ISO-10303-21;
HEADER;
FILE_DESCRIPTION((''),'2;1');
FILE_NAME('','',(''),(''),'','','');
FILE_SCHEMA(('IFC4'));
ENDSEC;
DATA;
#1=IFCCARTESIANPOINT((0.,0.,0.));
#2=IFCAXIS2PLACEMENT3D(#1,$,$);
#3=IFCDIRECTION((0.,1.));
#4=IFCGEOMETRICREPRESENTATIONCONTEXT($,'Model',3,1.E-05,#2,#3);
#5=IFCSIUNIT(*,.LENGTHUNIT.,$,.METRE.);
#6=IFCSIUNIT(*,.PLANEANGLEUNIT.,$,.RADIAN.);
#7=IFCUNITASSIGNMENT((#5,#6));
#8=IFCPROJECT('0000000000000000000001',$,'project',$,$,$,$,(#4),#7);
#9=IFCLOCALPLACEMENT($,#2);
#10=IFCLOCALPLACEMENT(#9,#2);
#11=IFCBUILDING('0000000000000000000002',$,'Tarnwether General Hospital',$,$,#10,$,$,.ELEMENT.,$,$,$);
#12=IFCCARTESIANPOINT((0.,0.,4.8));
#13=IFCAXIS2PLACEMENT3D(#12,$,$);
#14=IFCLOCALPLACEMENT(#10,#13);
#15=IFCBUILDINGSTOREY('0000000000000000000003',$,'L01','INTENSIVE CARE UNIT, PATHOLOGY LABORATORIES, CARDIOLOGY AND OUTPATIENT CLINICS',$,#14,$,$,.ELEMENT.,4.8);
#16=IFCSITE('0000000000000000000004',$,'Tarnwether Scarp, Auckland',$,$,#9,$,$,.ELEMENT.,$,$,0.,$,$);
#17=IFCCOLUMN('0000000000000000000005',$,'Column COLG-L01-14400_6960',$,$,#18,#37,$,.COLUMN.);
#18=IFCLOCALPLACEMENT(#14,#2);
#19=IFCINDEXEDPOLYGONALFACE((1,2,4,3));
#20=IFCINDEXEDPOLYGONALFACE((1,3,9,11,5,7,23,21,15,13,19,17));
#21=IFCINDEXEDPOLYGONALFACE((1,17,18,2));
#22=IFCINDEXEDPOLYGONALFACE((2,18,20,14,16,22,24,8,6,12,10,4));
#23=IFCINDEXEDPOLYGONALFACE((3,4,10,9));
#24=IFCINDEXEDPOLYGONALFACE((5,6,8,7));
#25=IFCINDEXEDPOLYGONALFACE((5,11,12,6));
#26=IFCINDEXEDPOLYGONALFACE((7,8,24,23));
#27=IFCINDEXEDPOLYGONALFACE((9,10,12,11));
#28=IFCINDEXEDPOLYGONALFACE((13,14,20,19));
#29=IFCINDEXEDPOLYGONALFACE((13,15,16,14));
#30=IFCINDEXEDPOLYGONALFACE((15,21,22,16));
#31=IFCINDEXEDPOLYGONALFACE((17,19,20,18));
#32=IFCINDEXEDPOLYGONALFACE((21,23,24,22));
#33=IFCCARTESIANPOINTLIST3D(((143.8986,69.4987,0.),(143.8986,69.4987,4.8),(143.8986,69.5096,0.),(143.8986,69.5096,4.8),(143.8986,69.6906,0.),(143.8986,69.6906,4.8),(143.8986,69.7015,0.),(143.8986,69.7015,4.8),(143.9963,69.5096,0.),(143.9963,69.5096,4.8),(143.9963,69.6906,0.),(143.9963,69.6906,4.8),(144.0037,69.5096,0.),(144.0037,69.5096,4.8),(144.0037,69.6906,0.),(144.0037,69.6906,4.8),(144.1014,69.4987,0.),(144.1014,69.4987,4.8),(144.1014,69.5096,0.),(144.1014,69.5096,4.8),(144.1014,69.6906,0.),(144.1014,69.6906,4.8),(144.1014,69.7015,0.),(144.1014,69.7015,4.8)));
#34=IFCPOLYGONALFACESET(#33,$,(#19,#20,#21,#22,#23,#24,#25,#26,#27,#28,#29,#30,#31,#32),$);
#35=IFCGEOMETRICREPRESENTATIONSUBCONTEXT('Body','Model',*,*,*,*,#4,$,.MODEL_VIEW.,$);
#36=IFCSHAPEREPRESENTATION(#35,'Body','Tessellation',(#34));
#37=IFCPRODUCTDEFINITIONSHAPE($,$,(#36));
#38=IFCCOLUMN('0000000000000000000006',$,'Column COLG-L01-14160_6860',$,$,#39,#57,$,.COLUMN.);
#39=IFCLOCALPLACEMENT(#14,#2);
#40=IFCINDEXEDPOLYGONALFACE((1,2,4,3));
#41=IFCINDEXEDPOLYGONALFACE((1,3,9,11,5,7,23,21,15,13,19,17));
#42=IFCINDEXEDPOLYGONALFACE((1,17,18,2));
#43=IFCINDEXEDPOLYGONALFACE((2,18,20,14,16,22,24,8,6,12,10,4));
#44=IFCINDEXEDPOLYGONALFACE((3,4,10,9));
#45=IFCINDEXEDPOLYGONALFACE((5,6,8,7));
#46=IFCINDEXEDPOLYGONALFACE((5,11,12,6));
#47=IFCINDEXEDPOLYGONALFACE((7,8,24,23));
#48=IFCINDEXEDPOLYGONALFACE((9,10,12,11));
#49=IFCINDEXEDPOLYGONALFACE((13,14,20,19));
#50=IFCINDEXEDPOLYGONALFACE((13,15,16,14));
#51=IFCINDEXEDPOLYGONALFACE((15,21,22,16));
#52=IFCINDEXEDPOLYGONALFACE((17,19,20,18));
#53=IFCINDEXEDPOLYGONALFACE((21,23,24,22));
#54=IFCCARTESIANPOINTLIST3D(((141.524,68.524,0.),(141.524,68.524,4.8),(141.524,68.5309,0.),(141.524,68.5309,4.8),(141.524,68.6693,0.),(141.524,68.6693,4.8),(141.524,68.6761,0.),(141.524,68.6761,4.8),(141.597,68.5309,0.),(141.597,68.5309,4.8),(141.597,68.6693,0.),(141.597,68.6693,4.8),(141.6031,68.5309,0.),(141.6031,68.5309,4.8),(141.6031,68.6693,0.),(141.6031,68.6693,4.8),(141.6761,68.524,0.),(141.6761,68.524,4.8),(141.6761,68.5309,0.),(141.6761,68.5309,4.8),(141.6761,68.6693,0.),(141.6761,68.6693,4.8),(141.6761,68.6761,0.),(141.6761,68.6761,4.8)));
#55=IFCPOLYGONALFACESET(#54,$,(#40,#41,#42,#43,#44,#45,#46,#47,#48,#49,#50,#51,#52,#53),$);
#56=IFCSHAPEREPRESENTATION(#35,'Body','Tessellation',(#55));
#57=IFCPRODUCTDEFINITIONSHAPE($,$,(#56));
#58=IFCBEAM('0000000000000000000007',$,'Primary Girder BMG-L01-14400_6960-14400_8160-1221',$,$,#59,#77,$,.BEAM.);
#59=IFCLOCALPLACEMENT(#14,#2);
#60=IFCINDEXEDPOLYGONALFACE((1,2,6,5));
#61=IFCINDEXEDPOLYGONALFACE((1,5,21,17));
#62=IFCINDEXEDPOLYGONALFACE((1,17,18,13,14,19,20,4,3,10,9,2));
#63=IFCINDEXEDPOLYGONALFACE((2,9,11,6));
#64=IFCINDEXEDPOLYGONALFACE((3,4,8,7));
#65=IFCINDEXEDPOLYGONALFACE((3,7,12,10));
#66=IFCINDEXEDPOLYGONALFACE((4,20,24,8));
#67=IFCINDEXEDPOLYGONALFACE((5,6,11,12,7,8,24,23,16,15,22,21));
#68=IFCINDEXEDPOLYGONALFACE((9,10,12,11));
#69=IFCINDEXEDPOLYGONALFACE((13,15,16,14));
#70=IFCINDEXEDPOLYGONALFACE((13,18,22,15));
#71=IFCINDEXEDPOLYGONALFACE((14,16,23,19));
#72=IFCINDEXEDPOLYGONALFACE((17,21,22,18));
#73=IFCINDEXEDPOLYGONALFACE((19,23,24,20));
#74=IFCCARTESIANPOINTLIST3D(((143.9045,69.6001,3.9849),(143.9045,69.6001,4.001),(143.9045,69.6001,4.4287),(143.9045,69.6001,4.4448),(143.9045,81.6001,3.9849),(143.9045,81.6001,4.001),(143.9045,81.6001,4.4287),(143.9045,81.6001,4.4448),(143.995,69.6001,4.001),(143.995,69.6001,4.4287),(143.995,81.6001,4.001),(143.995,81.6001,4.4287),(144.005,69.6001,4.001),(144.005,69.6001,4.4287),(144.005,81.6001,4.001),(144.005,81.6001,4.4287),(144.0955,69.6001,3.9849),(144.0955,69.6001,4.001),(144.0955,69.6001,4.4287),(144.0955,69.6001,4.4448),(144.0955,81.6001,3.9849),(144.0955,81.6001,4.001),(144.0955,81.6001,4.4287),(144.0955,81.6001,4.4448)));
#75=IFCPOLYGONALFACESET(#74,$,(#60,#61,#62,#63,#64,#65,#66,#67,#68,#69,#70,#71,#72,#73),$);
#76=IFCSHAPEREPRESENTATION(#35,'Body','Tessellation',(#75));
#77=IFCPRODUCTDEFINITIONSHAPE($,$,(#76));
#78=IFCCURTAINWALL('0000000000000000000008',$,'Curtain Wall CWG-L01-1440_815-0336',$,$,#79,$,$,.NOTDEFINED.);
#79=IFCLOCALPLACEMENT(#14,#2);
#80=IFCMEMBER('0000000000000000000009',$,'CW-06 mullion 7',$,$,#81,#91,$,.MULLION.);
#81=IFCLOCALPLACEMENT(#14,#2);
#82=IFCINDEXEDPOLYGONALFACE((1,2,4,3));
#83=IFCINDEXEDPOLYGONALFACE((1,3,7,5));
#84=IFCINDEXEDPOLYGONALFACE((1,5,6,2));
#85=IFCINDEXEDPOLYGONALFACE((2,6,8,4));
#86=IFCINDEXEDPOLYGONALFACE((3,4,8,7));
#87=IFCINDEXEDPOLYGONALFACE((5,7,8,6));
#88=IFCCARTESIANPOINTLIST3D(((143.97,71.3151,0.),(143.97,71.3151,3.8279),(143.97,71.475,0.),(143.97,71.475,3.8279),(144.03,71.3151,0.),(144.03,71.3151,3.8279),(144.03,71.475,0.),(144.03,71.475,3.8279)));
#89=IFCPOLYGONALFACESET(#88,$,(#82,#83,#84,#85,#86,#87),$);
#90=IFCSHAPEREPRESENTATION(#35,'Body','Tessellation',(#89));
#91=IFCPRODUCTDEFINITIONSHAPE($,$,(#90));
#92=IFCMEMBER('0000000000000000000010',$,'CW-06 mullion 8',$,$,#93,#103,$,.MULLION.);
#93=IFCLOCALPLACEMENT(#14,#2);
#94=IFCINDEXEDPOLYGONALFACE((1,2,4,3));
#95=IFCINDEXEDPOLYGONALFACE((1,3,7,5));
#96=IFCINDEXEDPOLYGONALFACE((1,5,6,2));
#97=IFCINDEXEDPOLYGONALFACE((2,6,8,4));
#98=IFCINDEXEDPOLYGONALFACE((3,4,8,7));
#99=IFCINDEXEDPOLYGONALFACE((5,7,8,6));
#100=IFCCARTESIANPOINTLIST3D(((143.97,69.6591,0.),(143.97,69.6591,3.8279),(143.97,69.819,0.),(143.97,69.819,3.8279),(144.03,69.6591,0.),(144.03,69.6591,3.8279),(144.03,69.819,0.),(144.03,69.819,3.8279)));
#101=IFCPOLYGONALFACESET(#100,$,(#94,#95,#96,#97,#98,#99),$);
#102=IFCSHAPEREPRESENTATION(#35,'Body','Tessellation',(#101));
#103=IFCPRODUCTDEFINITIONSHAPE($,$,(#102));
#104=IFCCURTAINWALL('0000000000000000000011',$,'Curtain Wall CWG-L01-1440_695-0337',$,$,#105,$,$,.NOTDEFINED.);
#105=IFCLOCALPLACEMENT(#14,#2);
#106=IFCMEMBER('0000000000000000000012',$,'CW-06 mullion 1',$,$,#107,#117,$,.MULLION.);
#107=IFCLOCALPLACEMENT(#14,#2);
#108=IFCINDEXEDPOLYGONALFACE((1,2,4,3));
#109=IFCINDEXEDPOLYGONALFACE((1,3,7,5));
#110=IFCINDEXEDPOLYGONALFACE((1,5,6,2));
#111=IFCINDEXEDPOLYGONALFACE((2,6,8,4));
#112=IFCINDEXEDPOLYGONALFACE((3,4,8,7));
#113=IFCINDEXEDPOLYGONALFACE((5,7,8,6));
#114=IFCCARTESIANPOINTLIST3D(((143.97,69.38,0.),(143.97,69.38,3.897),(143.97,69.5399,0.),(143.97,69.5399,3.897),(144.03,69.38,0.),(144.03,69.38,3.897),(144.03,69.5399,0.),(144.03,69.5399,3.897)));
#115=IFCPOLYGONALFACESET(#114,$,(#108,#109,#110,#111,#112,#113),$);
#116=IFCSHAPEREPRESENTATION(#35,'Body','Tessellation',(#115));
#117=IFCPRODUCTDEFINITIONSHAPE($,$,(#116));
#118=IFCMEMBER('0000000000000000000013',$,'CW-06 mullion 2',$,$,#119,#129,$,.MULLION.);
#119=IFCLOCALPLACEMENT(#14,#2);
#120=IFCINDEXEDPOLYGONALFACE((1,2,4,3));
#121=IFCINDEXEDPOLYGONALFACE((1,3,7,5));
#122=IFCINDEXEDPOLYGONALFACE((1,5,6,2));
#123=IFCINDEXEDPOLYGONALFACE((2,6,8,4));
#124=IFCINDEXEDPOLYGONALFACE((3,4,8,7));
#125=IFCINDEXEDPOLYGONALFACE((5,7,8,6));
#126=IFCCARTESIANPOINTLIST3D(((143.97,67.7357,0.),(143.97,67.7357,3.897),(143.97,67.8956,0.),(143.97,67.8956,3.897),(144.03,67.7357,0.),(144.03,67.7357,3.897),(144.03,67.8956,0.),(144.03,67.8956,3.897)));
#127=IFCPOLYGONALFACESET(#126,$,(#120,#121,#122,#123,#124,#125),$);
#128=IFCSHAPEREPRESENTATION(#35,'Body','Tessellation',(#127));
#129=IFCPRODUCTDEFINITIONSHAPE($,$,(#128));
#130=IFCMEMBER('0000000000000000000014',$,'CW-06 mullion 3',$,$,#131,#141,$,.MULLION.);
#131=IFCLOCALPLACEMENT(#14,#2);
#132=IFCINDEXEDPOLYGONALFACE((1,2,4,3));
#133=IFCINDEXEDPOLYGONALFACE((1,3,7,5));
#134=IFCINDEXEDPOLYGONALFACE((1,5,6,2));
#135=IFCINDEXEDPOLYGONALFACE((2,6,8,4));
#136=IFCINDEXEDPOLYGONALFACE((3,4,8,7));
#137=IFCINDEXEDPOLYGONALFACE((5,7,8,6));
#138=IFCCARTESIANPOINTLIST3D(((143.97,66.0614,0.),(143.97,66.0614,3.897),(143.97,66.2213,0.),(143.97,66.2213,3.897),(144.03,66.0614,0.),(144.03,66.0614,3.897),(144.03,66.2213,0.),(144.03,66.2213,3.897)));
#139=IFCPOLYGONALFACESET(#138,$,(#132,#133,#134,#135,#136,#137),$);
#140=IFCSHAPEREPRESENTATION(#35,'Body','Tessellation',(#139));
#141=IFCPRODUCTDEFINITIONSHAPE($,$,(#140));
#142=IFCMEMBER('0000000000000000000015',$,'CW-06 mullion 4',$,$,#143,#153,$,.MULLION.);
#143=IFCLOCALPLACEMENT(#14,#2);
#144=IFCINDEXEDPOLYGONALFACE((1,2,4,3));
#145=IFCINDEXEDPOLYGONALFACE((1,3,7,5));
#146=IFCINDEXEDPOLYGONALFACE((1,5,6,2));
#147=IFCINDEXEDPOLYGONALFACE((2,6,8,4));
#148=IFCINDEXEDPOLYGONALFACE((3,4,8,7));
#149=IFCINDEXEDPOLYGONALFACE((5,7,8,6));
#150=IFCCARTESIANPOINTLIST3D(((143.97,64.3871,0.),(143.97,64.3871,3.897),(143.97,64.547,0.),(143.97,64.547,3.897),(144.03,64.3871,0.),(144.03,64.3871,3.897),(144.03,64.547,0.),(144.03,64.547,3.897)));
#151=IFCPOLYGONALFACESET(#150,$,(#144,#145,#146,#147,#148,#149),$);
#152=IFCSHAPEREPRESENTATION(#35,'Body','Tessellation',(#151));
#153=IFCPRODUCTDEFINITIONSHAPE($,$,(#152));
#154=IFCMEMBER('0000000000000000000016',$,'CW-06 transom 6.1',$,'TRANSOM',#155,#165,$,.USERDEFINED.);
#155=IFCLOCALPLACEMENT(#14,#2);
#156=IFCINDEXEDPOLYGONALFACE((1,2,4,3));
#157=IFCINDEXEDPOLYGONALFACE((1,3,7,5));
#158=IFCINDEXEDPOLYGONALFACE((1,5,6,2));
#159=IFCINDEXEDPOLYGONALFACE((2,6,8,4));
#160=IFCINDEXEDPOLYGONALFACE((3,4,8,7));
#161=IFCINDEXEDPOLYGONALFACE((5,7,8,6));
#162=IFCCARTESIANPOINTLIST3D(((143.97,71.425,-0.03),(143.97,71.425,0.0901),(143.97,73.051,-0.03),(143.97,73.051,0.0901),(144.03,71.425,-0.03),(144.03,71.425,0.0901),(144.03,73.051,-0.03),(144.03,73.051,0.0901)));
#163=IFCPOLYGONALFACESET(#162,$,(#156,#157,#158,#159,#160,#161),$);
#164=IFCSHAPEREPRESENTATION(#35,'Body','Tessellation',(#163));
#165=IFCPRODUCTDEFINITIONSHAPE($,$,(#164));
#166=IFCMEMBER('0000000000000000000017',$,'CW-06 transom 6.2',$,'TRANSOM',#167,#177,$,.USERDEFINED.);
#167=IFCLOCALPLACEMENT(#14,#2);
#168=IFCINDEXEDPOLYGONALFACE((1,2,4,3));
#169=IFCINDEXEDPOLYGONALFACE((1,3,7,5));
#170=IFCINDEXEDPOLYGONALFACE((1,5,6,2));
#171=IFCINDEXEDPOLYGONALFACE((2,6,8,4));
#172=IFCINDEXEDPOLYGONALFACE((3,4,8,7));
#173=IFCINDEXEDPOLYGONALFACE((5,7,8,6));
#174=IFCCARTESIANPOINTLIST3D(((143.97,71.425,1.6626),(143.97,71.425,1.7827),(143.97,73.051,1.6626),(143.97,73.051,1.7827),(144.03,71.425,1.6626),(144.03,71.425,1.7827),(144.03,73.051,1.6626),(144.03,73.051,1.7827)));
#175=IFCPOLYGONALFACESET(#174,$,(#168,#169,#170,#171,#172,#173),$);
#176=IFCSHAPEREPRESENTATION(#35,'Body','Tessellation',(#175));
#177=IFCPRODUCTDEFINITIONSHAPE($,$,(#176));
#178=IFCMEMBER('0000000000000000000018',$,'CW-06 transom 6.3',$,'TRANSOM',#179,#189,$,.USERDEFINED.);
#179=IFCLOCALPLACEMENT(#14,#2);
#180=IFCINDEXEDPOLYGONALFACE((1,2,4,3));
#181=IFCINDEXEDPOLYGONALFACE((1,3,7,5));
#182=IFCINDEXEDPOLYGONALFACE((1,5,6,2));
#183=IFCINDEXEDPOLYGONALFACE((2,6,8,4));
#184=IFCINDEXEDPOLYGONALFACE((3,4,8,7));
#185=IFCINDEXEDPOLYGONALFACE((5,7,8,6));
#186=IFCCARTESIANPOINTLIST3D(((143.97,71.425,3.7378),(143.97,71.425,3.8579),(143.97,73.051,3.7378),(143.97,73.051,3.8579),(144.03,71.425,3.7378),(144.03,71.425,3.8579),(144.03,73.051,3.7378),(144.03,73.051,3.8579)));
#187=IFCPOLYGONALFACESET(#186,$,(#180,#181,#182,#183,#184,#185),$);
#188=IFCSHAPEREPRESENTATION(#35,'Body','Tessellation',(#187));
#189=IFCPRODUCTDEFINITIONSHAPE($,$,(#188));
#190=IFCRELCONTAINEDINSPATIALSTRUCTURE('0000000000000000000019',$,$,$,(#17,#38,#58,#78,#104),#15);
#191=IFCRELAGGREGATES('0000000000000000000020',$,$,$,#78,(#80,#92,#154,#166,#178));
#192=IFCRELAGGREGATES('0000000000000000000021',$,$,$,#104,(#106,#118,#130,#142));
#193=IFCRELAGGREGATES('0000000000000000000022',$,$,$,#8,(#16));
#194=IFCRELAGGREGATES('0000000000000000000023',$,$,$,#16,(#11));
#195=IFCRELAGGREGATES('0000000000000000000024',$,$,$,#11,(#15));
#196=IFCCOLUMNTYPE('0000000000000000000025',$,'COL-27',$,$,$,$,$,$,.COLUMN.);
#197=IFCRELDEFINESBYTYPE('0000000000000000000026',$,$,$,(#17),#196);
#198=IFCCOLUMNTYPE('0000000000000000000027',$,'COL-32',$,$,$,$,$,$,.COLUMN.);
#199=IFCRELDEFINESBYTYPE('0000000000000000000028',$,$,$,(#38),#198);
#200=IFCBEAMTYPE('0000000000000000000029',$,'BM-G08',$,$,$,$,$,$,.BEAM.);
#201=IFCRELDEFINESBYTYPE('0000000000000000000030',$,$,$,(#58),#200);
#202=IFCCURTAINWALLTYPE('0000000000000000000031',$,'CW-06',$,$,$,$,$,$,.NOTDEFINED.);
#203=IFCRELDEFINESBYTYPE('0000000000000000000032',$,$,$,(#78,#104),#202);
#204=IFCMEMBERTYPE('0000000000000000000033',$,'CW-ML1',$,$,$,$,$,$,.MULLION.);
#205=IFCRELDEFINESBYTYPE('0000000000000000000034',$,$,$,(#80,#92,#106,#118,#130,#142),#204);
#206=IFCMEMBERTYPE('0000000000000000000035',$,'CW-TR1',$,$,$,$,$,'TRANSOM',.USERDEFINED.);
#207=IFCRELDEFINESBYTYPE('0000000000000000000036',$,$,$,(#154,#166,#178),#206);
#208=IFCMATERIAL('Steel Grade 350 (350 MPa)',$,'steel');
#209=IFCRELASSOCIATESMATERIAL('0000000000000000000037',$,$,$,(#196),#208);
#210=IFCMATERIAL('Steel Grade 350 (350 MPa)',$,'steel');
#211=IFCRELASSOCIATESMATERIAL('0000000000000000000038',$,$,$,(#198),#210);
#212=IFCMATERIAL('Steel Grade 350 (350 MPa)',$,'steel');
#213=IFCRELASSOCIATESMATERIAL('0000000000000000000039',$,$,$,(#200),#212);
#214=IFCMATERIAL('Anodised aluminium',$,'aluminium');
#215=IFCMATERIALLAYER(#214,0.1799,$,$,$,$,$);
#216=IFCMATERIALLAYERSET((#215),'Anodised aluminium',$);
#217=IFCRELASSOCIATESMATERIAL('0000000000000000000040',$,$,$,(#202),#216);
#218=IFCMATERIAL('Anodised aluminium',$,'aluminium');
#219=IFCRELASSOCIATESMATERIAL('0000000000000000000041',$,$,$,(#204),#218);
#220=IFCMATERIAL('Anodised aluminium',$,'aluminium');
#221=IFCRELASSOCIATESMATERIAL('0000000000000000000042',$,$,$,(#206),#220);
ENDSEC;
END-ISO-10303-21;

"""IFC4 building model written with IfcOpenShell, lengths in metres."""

from ifc_helpers import new_model, si_unit, direction, frame, origin, origin_2d, place, context, subcontext, project, spatial, rectangle, i_section, extrude, material, layer, layer_set, material_profile, profile_set, type_object, element, aggregate, save


model = new_model("IFC4")

# Units and contexts
model_context = context("Model", 3, precision=1e-05, world=origin(), true_north=direction((0.0, 1.0)))
body_context = subcontext(model_context, "Body", "Model", "MODEL_VIEW")
ifc_project = project(units=[si_unit("LENGTHUNIT", "METRE"), si_unit("PLANEANGLEUNIT", "RADIAN")], contexts=[model_context])

# Site, building, storey
site_placement = place(None, origin())
site = spatial("IfcSite", under=ifc_project, at=site_placement, Name="Tarnwether Scarp, Auckland", CompositionType="ELEMENT", RefElevation=0.0)
building_placement = place(site_placement, origin())
building = spatial("IfcBuilding", under=site, at=building_placement, Name="Tarnwether General Hospital", CompositionType="ELEMENT")
storey_placement = place(building_placement, frame((0.0, 0.0, 4.8)))
storey = spatial("IfcBuildingStorey", under=building, at=storey_placement, Name="L01", Description="INTENSIVE CARE UNIT, PATHOLOGY LABORATORIES, CARDIOLOGY AND OUTPATIENT CLINICS", CompositionType="ELEMENT", Elevation=4.8)

# Columns
ifc_material_1 = material(Name="Steel Grade 350 (350 MPa)", Category="steel")
ifc_material_profile_1 = material_profile(ifc_material_1, i_section(OverallWidth=0.2029, OverallDepth=0.2029, WebThickness=0.0073, FlangeThickness=0.011, at=origin_2d()), Name="200UC46.2")
ifc_profile_set_1 = profile_set([ifc_material_profile_1], Name="Steel Grade 350 (350 MPa)")
column_type_1 = type_object("IfcColumnType", Name="COL-27", PredefinedType="COLUMN", material=ifc_profile_set_1)
column_1_placement = place(storey_placement, frame((144.0, 69.6001, 0.0), z_axis=(0.0, 0.0, 1.0), x_axis=(1.0, 0.0, 0.0)))
element("IfcColumn", 1, at=column_1_placement, inside=storey, type_object=column_type_1, Name="Column COLG-L01-14400_6960", PredefinedType="COLUMN", context=body_context, shape_type="SweptSolid", body=[
    extrude(i_section(OverallWidth=0.2029, OverallDepth=0.2029, WebThickness=0.0073, FlangeThickness=0.011, at=origin_2d()), origin(), (0.0, 0.0, 1.0), 4.8),
])
ifc_material_2 = material(Name="Steel Grade 350 (350 MPa)", Category="steel")
ifc_material_profile_2 = material_profile(ifc_material_2, i_section(OverallWidth=0.1521, OverallDepth=0.1521, WebThickness=0.0061, FlangeThickness=0.0068, at=origin_2d()), Name="150UC23.4")
ifc_profile_set_2 = profile_set([ifc_material_profile_2], Name="Steel Grade 350 (350 MPa)")
column_type_2 = type_object("IfcColumnType", Name="COL-32", PredefinedType="COLUMN", material=ifc_profile_set_2)
column_2_placement = place(storey_placement, frame((141.6001, 68.6001, 0.0), z_axis=(0.0, 0.0, 1.0), x_axis=(1.0, 0.0, 0.0)))
element("IfcColumn", 2, at=column_2_placement, inside=storey, type_object=column_type_2, Name="Column COLG-L01-14160_6860", PredefinedType="COLUMN", context=body_context, shape_type="SweptSolid", body=[
    extrude(i_section(OverallWidth=0.1521, OverallDepth=0.1521, WebThickness=0.0061, FlangeThickness=0.0068, at=origin_2d()), origin(), (0.0, 0.0, 1.0), 4.8),
])

# Beam
ifc_material_3 = material(Name="Steel Grade 350 (350 MPa)", Category="steel")
ifc_material_profile_3 = material_profile(ifc_material_3, i_section(OverallWidth=0.1909, OverallDepth=0.46, WebThickness=0.01, FlangeThickness=0.0161, at=origin_2d()), Name="460UB82.1")
ifc_profile_set_3 = profile_set([ifc_material_profile_3], Name="Steel Grade 350 (350 MPa)")
beam_type = type_object("IfcBeamType", Name="BM-G08", PredefinedType="BEAM", material=ifc_profile_set_3)
beam_placement = place(storey_placement, frame((144.0, 69.6001, 4.2148), z_axis=(0.0, 1.0, 0.0), x_axis=(-1.0, 0.0, 0.0)))
element("IfcBeam", 3, at=beam_placement, inside=storey, type_object=beam_type, Name="Primary Girder BMG-L01-14400_6960-14400_8160-1221", PredefinedType="BEAM", context=body_context, shape_type="SweptSolid", body=[
    extrude(i_section(OverallWidth=0.1909, OverallDepth=0.46, WebThickness=0.01, FlangeThickness=0.0161, at=origin_2d()), origin(), (0.0, 0.0, 1.0), 12.0),
])

# Curtain walls, members
ifc_material_4 = material(Name="Anodised aluminium", Category="aluminium")
ifc_layer_1 = layer(ifc_material_4, 0.1799)
ifc_layer_set_1 = layer_set([ifc_layer_1], Name="Anodised aluminium")
curtain_wall_type = type_object("IfcCurtainWallType", Name="CW-06", PredefinedType="NOTDEFINED", material=ifc_layer_set_1)
curtain_wall_1_placement = place(storey_placement, origin())
curtain_wall_1 = element("IfcCurtainWall", 4, at=curtain_wall_1_placement, inside=storey, type_object=curtain_wall_type, Name="Curtain Wall CWG-L01-1440_815-0336", PredefinedType="NOTDEFINED")
ifc_material_5 = material(Name="Anodised aluminium", Category="aluminium")
ifc_material_profile_4 = material_profile(ifc_material_5, rectangle(XDim=0.0601, YDim=0.1599, at=origin_2d()), Name="ALU-MUL-60x160")
ifc_profile_set_4 = profile_set([ifc_material_profile_4], Name="Anodised aluminium")
member_type_1 = type_object("IfcMemberType", Name="CW-ML1", PredefinedType="MULLION", material=ifc_profile_set_4)
member_1_placement = place(storey_placement, frame((144.0, 71.395, 0.0), z_axis=(0.0, 0.0, 1.0), x_axis=(1.0, 0.0, 0.0)))
member_1 = element("IfcMember", 5, at=member_1_placement, type_object=member_type_1, Name="CW-06 mullion 7", PredefinedType="MULLION", context=body_context, shape_type="SweptSolid", body=[
    extrude(rectangle(XDim=0.0601, YDim=0.1599, at=origin_2d()), origin(), (0.0, 0.0, 1.0), 3.8279),
])
member_2_placement = place(storey_placement, frame((144.0, 69.739, 0.0), z_axis=(0.0, 0.0, 1.0), x_axis=(1.0, 0.0, 0.0)))
member_2 = element("IfcMember", 6, at=member_2_placement, type_object=member_type_1, Name="CW-06 mullion 8", PredefinedType="MULLION", context=body_context, shape_type="SweptSolid", body=[
    extrude(rectangle(XDim=0.0601, YDim=0.1599, at=origin_2d()), origin(), (0.0, 0.0, 1.0), 3.8279),
])
curtain_wall_2_placement = place(storey_placement, origin())
curtain_wall_2 = element("IfcCurtainWall", 7, at=curtain_wall_2_placement, inside=storey, type_object=curtain_wall_type, Name="Curtain Wall CWG-L01-1440_695-0337", PredefinedType="NOTDEFINED")
member_3_placement = place(storey_placement, frame((144.0, 69.46, 0.0), z_axis=(0.0, 0.0, 1.0), x_axis=(1.0, 0.0, 0.0)))
member_3 = element("IfcMember", 8, at=member_3_placement, type_object=member_type_1, Name="CW-06 mullion 1", PredefinedType="MULLION", context=body_context, shape_type="SweptSolid", body=[
    extrude(rectangle(XDim=0.0601, YDim=0.1599, at=origin_2d()), origin(), (0.0, 0.0, 1.0), 3.897),
])
member_4_placement = place(storey_placement, frame((144.0, 67.8157, 0.0), z_axis=(0.0, 0.0, 1.0), x_axis=(1.0, 0.0, 0.0)))
member_4 = element("IfcMember", 9, at=member_4_placement, type_object=member_type_1, Name="CW-06 mullion 2", PredefinedType="MULLION", context=body_context, shape_type="SweptSolid", body=[
    extrude(rectangle(XDim=0.0601, YDim=0.1599, at=origin_2d()), origin(), (0.0, 0.0, 1.0), 3.897),
])
member_5_placement = place(storey_placement, frame((144.0, 66.1414, 0.0), z_axis=(0.0, 0.0, 1.0), x_axis=(1.0, 0.0, 0.0)))
member_5 = element("IfcMember", 10, at=member_5_placement, type_object=member_type_1, Name="CW-06 mullion 3", PredefinedType="MULLION", context=body_context, shape_type="SweptSolid", body=[
    extrude(rectangle(XDim=0.0601, YDim=0.1599, at=origin_2d()), origin(), (0.0, 0.0, 1.0), 3.897),
])
member_6_placement = place(storey_placement, frame((144.0, 64.467, 0.0), z_axis=(0.0, 0.0, 1.0), x_axis=(1.0, 0.0, 0.0)))
member_6 = element("IfcMember", 11, at=member_6_placement, type_object=member_type_1, Name="CW-06 mullion 4", PredefinedType="MULLION", context=body_context, shape_type="SweptSolid", body=[
    extrude(rectangle(XDim=0.0601, YDim=0.1599, at=origin_2d()), origin(), (0.0, 0.0, 1.0), 3.897),
])

# Members
ifc_material_6 = material(Name="Anodised aluminium", Category="aluminium")
ifc_material_profile_5 = material_profile(ifc_material_6, rectangle(XDim=0.0601, YDim=0.1201, at=origin_2d()), Name="ALU-TRN-60x120")
ifc_profile_set_5 = profile_set([ifc_material_profile_5], Name="Anodised aluminium")
member_type_2 = type_object("IfcMemberType", Name="CW-TR1", ElementType="TRANSOM", PredefinedType="USERDEFINED", material=ifc_profile_set_5)
member_7_placement = place(storey_placement, frame((144.0, 73.051, 0.03), z_axis=(0.0, -1.0, 0.0), x_axis=(1.0, 0.0, 0.0)))
member_7 = element("IfcMember", 12, at=member_7_placement, type_object=member_type_2, Name="CW-06 transom 6.1", ObjectType="TRANSOM", PredefinedType="USERDEFINED", context=body_context, shape_type="SweptSolid", body=[
    extrude(rectangle(XDim=0.0601, YDim=0.1201, at=origin_2d()), origin(), (0.0, 0.0, 1.0), 1.626),
])
member_8_placement = place(storey_placement, frame((144.0, 73.051, 1.7227), z_axis=(0.0, -1.0, 0.0), x_axis=(1.0, 0.0, 0.0)))
member_8 = element("IfcMember", 13, at=member_8_placement, type_object=member_type_2, Name="CW-06 transom 6.2", ObjectType="TRANSOM", PredefinedType="USERDEFINED", context=body_context, shape_type="SweptSolid", body=[
    extrude(rectangle(XDim=0.0601, YDim=0.1201, at=origin_2d()), origin(), (0.0, 0.0, 1.0), 1.626),
])
member_9_placement = place(storey_placement, frame((144.0, 73.051, 3.7979), z_axis=(0.0, -1.0, 0.0), x_axis=(1.0, 0.0, 0.0)))
member_9 = element("IfcMember", 14, at=member_9_placement, type_object=member_type_2, Name="CW-06 transom 6.3", ObjectType="TRANSOM", PredefinedType="USERDEFINED", context=body_context, shape_type="SweptSolid", body=[
    extrude(rectangle(XDim=0.0601, YDim=0.1201, at=origin_2d()), origin(), (0.0, 0.0, 1.0), 1.626),
])

aggregate(curtain_wall_1, [member_1, member_2, member_7, member_8, member_9])
aggregate(curtain_wall_2, [member_3, member_4, member_5, member_6])

save(model, "model.ifc")
